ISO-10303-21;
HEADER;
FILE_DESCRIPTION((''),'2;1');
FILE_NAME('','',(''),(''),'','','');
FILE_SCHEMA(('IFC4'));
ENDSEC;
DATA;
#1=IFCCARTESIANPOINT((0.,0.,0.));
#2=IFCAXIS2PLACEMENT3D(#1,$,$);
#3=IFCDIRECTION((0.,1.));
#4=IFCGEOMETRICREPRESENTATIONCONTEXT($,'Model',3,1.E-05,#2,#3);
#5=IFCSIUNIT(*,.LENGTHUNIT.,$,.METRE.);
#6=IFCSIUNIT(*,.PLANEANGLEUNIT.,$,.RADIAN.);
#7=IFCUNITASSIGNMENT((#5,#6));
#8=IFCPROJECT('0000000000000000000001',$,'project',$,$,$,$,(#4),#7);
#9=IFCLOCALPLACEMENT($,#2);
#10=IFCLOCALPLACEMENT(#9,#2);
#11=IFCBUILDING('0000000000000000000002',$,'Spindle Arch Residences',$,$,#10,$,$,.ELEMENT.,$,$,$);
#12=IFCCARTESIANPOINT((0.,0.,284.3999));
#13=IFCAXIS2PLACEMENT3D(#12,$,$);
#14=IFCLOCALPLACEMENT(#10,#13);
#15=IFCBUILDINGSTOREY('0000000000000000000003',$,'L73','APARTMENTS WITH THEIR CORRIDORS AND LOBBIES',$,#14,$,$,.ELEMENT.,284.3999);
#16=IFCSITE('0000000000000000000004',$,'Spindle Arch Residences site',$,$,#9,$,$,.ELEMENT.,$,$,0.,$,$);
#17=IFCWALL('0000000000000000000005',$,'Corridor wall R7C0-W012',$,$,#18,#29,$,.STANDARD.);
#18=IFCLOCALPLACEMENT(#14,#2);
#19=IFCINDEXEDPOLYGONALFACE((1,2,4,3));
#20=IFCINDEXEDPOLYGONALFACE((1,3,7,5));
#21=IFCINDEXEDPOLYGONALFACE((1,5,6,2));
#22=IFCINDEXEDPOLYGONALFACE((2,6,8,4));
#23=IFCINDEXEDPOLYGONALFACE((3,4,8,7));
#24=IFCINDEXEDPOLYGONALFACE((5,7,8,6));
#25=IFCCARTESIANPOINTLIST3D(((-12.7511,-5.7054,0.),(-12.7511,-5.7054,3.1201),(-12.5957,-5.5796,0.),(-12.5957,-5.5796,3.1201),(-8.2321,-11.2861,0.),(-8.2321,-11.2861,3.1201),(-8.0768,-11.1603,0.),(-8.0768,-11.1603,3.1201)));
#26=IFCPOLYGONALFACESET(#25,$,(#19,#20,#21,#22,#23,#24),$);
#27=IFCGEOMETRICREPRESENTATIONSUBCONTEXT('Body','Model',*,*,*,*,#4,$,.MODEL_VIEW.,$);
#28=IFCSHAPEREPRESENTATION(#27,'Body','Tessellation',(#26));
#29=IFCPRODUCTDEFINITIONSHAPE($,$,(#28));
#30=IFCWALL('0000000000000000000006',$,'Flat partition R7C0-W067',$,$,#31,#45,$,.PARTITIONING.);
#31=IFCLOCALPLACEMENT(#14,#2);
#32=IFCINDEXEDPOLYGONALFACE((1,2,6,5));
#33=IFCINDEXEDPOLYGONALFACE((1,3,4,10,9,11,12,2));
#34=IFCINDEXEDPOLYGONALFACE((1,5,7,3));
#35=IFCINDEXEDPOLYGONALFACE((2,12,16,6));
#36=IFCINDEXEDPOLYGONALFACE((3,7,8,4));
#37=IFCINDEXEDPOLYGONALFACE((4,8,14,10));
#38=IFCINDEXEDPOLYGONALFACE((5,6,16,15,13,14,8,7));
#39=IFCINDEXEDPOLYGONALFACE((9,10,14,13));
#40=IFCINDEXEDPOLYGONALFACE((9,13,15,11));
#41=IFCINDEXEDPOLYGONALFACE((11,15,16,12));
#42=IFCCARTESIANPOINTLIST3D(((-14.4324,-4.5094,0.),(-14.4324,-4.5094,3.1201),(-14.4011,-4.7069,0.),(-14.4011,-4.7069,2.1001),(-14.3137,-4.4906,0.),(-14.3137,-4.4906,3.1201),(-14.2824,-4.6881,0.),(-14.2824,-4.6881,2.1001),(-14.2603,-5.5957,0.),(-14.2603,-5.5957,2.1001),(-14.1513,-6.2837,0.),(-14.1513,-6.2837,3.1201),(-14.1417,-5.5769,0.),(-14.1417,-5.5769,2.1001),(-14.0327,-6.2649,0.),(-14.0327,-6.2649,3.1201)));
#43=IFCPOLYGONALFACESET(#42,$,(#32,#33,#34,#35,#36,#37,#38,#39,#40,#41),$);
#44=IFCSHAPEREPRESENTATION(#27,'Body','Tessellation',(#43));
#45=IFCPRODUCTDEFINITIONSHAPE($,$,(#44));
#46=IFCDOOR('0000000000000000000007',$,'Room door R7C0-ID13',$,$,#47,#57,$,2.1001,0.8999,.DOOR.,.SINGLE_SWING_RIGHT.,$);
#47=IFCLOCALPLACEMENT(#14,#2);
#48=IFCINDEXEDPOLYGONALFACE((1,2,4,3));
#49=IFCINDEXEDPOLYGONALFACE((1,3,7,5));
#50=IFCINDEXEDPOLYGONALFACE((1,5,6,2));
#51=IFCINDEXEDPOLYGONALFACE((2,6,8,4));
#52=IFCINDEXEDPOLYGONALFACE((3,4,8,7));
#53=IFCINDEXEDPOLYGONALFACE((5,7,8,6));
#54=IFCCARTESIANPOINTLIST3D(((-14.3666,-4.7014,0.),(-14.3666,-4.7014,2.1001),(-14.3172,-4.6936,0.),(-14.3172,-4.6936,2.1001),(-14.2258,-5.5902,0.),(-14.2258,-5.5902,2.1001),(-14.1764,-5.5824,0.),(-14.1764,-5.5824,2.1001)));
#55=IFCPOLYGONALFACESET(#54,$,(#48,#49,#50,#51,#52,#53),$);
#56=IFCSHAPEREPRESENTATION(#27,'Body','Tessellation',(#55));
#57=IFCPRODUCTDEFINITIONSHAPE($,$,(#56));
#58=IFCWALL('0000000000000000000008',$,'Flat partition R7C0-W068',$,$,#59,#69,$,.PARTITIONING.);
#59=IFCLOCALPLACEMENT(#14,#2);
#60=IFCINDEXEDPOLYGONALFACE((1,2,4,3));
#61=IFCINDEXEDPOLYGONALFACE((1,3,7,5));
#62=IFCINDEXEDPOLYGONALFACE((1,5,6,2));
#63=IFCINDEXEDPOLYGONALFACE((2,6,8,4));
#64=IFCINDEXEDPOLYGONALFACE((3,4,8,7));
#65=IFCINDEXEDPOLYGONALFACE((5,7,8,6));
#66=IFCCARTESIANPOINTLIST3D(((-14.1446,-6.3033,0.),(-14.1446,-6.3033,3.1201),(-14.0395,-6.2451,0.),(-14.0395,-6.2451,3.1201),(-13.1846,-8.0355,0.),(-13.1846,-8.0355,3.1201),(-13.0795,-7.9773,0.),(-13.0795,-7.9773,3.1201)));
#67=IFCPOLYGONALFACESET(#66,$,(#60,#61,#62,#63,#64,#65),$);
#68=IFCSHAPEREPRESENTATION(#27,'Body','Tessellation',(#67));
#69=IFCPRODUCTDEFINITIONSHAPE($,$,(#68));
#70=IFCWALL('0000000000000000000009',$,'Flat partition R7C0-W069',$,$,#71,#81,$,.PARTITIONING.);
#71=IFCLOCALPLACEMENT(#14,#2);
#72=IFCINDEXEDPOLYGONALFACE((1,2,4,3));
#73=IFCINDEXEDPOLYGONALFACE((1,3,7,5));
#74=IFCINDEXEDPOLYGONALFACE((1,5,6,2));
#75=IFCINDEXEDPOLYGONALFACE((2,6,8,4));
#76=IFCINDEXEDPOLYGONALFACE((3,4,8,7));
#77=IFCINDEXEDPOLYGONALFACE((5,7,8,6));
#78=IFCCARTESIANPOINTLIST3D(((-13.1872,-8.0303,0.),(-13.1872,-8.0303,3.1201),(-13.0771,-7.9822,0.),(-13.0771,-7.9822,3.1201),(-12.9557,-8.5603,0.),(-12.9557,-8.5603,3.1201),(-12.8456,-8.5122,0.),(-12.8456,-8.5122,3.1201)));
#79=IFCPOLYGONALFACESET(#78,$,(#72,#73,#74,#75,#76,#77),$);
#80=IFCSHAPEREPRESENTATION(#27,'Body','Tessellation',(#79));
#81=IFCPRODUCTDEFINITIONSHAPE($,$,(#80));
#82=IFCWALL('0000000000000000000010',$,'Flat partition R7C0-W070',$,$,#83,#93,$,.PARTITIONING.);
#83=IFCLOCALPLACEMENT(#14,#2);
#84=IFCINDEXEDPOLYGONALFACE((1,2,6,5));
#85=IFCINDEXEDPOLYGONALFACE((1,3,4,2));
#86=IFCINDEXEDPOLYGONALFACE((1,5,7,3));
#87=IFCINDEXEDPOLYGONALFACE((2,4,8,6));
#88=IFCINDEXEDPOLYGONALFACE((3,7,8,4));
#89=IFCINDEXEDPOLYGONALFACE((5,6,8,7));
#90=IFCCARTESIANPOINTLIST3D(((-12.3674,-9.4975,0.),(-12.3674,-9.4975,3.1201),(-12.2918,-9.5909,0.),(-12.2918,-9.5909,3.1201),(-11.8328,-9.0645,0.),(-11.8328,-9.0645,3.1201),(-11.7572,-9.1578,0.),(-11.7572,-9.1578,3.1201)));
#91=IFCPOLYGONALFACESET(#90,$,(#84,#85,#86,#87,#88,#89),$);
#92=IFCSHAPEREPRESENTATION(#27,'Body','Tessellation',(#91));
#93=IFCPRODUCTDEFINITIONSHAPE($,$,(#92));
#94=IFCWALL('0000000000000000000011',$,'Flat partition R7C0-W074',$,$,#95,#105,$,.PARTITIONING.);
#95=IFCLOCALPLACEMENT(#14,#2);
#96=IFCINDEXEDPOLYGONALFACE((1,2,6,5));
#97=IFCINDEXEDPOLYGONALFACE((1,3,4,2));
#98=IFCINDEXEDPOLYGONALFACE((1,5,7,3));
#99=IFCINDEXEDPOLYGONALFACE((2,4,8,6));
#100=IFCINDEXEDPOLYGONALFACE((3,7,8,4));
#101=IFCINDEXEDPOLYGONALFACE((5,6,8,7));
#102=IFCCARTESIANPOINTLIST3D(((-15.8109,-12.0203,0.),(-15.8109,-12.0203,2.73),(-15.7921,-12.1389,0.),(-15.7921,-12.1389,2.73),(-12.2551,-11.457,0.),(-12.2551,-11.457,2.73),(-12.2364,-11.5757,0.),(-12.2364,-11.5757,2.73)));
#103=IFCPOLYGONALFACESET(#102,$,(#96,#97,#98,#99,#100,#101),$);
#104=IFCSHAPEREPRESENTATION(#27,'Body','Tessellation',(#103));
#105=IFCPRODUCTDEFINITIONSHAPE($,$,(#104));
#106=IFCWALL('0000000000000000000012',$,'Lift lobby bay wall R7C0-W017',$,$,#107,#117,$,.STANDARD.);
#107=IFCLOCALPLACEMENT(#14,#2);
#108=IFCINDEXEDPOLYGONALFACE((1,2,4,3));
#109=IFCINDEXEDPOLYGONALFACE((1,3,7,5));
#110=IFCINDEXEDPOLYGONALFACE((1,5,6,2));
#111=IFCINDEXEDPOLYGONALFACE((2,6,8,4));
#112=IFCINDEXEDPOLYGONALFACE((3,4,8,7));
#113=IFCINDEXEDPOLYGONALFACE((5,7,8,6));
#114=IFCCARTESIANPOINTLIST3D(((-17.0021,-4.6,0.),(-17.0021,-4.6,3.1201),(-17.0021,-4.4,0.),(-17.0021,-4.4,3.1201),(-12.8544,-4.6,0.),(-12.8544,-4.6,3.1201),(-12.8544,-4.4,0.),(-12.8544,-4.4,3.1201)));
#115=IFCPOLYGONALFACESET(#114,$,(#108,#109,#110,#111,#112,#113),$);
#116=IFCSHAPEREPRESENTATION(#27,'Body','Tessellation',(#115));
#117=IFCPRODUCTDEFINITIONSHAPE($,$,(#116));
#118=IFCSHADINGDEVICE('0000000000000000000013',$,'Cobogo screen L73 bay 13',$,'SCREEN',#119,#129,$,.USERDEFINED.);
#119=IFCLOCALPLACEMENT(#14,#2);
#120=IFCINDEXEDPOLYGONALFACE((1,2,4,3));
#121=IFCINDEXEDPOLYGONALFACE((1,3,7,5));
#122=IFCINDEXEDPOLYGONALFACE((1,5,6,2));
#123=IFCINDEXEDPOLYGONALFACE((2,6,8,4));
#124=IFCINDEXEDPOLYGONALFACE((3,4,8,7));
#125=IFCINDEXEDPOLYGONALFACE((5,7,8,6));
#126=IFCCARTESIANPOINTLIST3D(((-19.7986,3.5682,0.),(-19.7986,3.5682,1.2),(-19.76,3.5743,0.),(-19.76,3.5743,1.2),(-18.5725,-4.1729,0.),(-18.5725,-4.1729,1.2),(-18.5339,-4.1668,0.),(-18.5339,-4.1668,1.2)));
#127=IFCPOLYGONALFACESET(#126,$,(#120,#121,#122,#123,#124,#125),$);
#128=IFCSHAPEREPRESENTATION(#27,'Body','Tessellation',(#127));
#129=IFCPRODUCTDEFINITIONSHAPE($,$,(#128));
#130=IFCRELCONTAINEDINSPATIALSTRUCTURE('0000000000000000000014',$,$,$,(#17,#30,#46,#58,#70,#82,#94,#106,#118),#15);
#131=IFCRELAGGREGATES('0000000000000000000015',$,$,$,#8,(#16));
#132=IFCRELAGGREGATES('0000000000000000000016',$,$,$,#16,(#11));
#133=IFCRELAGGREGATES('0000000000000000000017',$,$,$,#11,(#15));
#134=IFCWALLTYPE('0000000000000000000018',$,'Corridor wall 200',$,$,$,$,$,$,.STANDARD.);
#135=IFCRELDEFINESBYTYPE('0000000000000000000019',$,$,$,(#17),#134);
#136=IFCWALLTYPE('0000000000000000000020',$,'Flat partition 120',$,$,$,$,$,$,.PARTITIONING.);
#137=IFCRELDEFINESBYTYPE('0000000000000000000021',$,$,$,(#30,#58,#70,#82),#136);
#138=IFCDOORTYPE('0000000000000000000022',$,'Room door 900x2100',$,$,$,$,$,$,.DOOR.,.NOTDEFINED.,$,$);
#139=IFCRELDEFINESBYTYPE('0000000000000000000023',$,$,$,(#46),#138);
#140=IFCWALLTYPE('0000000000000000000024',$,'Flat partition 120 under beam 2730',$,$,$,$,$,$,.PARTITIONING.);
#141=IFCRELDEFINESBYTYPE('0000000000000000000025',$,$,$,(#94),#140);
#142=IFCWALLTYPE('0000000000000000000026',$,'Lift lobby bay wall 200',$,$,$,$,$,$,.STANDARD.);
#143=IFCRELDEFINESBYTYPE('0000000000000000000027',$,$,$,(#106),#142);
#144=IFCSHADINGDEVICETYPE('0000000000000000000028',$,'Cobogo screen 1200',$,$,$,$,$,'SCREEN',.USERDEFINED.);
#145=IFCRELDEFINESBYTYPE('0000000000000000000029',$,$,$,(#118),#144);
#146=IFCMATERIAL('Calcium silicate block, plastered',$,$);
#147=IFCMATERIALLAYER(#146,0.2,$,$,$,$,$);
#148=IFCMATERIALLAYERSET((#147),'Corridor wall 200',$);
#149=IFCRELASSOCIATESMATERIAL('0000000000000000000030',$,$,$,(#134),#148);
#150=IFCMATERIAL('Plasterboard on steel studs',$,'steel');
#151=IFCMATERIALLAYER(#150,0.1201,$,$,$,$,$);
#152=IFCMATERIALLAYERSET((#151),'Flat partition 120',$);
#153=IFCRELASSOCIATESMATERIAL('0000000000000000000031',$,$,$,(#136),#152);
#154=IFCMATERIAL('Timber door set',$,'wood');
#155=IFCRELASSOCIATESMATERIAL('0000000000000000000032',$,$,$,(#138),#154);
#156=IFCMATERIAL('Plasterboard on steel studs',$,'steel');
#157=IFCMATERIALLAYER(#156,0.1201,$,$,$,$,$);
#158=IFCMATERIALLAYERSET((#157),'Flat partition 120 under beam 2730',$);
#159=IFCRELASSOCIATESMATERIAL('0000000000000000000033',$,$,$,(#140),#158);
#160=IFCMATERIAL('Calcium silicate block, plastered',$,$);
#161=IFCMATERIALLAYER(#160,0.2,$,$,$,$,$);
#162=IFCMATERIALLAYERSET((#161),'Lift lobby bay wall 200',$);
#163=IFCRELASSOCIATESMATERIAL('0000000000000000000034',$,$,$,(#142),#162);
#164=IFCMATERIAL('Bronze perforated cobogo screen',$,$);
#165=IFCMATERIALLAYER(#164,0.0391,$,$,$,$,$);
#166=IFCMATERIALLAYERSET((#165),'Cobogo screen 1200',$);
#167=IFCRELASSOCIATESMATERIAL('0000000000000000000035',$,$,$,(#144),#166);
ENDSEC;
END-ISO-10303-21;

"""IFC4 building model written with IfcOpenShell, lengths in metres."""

from ifc_helpers import new_model, si_unit, direction, frame, frame_2d, origin, origin_2d, place, context, subcontext, project, spatial, rectangle, extrude, material, layer, layer_set, type_object, element, fill, save


model = new_model("IFC4")

# Units and contexts
model_context = context("Model", 3, precision=1e-05, world=origin(), true_north=direction((0.0, 1.0)))
body_context = subcontext(model_context, "Body", "Model", "MODEL_VIEW")
ifc_project = project(units=[si_unit("LENGTHUNIT", "METRE"), si_unit("PLANEANGLEUNIT", "RADIAN")], contexts=[model_context])

# Site, building, storey
site_placement = place(None, origin())
site = spatial("IfcSite", under=ifc_project, at=site_placement, Name="Spindle Arch Residences site", CompositionType="ELEMENT", RefElevation=0.0)
building_placement = place(site_placement, origin())
building = spatial("IfcBuilding", under=site, at=building_placement, Name="Spindle Arch Residences", CompositionType="ELEMENT")
storey_placement = place(building_placement, frame((0.0, 0.0, 284.3999)))
storey = spatial("IfcBuildingStorey", under=building, at=storey_placement, Name="L73", Description="APARTMENTS WITH THEIR CORRIDORS AND LOBBIES", CompositionType="ELEMENT", Elevation=284.3999)

# Wall
ifc_material_1 = material(Name="Calcium silicate block, plastered")
ifc_layer_1 = layer(ifc_material_1, 0.2)
ifc_layer_set_1 = layer_set([ifc_layer_1], Name="Corridor wall 200")
wall_type_1 = type_object("IfcWallType", Name="Corridor wall 200", PredefinedType="STANDARD", material=ifc_layer_set_1)
wall_1_placement = place(storey_placement, frame((-12.6733, -5.6426, 0.0), z_axis=(0.0, 0.0, 1.0), x_axis=(0.629303, -0.77716, 0.0)))
element("IfcWall", 1, at=wall_1_placement, inside=storey, type_object=wall_type_1, Name="Corridor wall R7C0-W012", PredefinedType="STANDARD", context=body_context, shape_type="SweptSolid", body=[
    extrude(rectangle(XDim=7.1809, YDim=0.2, at=frame_2d((3.5903, 0.0))), origin(), (0.0, 0.0, 1.0), 3.1201),
])

# Wall, opening, door
ifc_material_2 = material(Name="Plasterboard on steel studs", Category="steel")
ifc_layer_2 = layer(ifc_material_2, 0.1201)
ifc_layer_set_2 = layer_set([ifc_layer_2], Name="Flat partition 120")
wall_type_2 = type_object("IfcWallType", Name="Flat partition 120", PredefinedType="PARTITIONING", material=ifc_layer_set_2)
wall_2_placement = place(storey_placement, frame((-14.373, -4.5, 0.0), z_axis=(0.0, 0.0, 1.0), x_axis=(0.156437, -0.987688, 0.0)))
wall_2 = element("IfcWall", 2, at=wall_2_placement, inside=storey, type_object=wall_type_2, Name="Flat partition R7C0-W067", PredefinedType="PARTITIONING", context=body_context, shape_type="SweptSolid", body=[
    extrude(rectangle(XDim=1.7964, YDim=0.1201, at=frame_2d((0.8982, 0.0))), origin(), (0.0, 0.0, 1.0), 3.1201),
])
opening_placement = place(wall_2_placement, frame((0.2, 0.0, 0.0)))
opening = element("IfcOpeningElement", 3, at=opening_placement, cuts=wall_2, PredefinedType="OPENING", context=body_context, shape_type="SweptSolid", body=[
    extrude(rectangle(XDim=0.8999, YDim=2.1001, at=frame_2d((0.45, 1.05))), frame((0.0, 0.0701, 0.0), z_axis=(0.0, -1.0, 0.0), x_axis=(1.0, 0.0, 0.0)), (0.0, 0.0, 1.0), 0.1401),
])
ifc_material_3 = material(Name="Timber door set", Category="wood")
door_type = type_object("IfcDoorType", Name="Room door 900x2100", OperationType="NOTDEFINED", PredefinedType="DOOR", material=ifc_material_3)
door_placement = place(opening_placement, origin())
door = element("IfcDoor", 4, at=door_placement, inside=storey, type_object=door_type, Name="Room door R7C0-ID13", OperationType="SINGLE_SWING_RIGHT", OverallHeight=2.1001, OverallWidth=0.8999, PredefinedType="DOOR", context=body_context, shape_type="SweptSolid", body=[
    extrude(rectangle(XDim=0.8999, YDim=2.1001, at=frame_2d((0.45, 1.05))), frame((0.0, 0.0249, 0.0), z_axis=(0.0, -1.0, 0.0), x_axis=(1.0, 0.0, 0.0)), (0.0, 0.0, 1.0), 0.05),
])
fill(opening, door)

# Walls
wall_3_placement = place(storey_placement, frame((-14.092, -6.2742, 0.0), z_axis=(0.0, 0.0, 1.0), x_axis=(0.484732, -0.874663, 0.0)))
element("IfcWall", 5, at=wall_3_placement, inside=storey, type_object=wall_type_2, Name="Flat partition R7C0-W068", PredefinedType="PARTITIONING", context=body_context, shape_type="SweptSolid", body=[
    extrude(rectangle(XDim=1.9805, YDim=0.1201, at=frame_2d((0.9902, 0.0))), origin(), (0.0, 0.0, 1.0), 3.1201),
])
wall_4_placement = place(storey_placement, frame((-13.1321, -8.0063, 0.0), z_axis=(0.0, 0.0, 1.0), x_axis=(0.400177, -0.916438, 0.0)))
element("IfcWall", 6, at=wall_4_placement, inside=storey, type_object=wall_type_2, Name="Flat partition R7C0-W069", PredefinedType="PARTITIONING", context=body_context, shape_type="SweptSolid", body=[
    extrude(rectangle(XDim=0.5784, YDim=0.1201, at=frame_2d((0.2891, 0.0))), origin(), (0.0, 0.0, 1.0), 3.1201),
])
wall_5_placement = place(storey_placement, frame((-12.3296, -9.5442, 0.0), z_axis=(0.0, 0.0, 1.0), x_axis=(0.777047, 0.629443, 0.0)))
element("IfcWall", 7, at=wall_5_placement, inside=storey, type_object=wall_type_2, Name="Flat partition R7C0-W070", PredefinedType="PARTITIONING", context=body_context, shape_type="SweptSolid", body=[
    extrude(rectangle(XDim=0.688, YDim=0.1201, at=frame_2d((0.344, 0.0))), origin(), (0.0, 0.0, 1.0), 3.1201),
])
ifc_material_4 = material(Name="Plasterboard on steel studs", Category="steel")
ifc_layer_3 = layer(ifc_material_4, 0.1201)
ifc_layer_set_3 = layer_set([ifc_layer_3], Name="Flat partition 120 under beam 2730")
wall_type_3 = type_object("IfcWallType", Name="Flat partition 120 under beam 2730", PredefinedType="PARTITIONING", material=ifc_layer_set_3)
wall_6_placement = place(storey_placement, frame((-15.8015, -12.0796, 0.0), z_axis=(0.0, 0.0, 1.0), x_axis=(0.987685, 0.156454, 0.0)))
element("IfcWall", 8, at=wall_6_placement, inside=storey, type_object=wall_type_3, Name="Flat partition R7C0-W074", PredefinedType="PARTITIONING", context=body_context, shape_type="SweptSolid", body=[
    extrude(rectangle(XDim=3.6001, YDim=0.1201, at=frame_2d((1.8, 0.0))), origin(), (0.0, 0.0, 1.0), 2.73),
])
ifc_material_5 = material(Name="Calcium silicate block, plastered")
ifc_layer_4 = layer(ifc_material_5, 0.2)
ifc_layer_set_4 = layer_set([ifc_layer_4], Name="Lift lobby bay wall 200")
wall_type_4 = type_object("IfcWallType", Name="Lift lobby bay wall 200", PredefinedType="STANDARD", material=ifc_layer_set_4)
wall_7_placement = place(storey_placement, frame((-17.002, -4.5, 0.0), z_axis=(0.0, 0.0, 1.0), x_axis=(1.0, 0.0, 0.0)))
element("IfcWall", 9, at=wall_7_placement, inside=storey, type_object=wall_type_4, Name="Lift lobby bay wall R7C0-W017", PredefinedType="STANDARD", context=body_context, shape_type="SweptSolid", body=[
    extrude(rectangle(XDim=4.1477, YDim=0.2, at=frame_2d((2.0737, 0.0))), origin(), (0.0, 0.0, 1.0), 3.1201),
])

# Shading device
ifc_material_6 = material(Name="Bronze perforated cobogo screen")
ifc_layer_5 = layer(ifc_material_6, 0.0391)
ifc_layer_set_5 = layer_set([ifc_layer_5], Name="Cobogo screen 1200")
shading_device_type = type_object("IfcShadingDeviceType", Name="Cobogo screen 1200", ElementType="SCREEN", PredefinedType="USERDEFINED", material=ifc_layer_set_5)
shading_device_placement = place(storey_placement, frame((-19.1663, -0.2993, 0.0), z_axis=(0.0, 0.0, 1.0), x_axis=(0.156434, -0.987688, 0.0)))
element("IfcShadingDevice", 10, at=shading_device_placement, inside=storey, type_object=shading_device_type, Name="Cobogo screen L73 bay 13", ObjectType="SCREEN", PredefinedType="USERDEFINED", context=body_context, shape_type="SweptSolid", body=[
    extrude(rectangle(XDim=7.8376, YDim=0.0391, at=origin_2d()), origin(), (0.0, 0.0, 1.0), 1.2),
])

save(model, "model.ifc")
